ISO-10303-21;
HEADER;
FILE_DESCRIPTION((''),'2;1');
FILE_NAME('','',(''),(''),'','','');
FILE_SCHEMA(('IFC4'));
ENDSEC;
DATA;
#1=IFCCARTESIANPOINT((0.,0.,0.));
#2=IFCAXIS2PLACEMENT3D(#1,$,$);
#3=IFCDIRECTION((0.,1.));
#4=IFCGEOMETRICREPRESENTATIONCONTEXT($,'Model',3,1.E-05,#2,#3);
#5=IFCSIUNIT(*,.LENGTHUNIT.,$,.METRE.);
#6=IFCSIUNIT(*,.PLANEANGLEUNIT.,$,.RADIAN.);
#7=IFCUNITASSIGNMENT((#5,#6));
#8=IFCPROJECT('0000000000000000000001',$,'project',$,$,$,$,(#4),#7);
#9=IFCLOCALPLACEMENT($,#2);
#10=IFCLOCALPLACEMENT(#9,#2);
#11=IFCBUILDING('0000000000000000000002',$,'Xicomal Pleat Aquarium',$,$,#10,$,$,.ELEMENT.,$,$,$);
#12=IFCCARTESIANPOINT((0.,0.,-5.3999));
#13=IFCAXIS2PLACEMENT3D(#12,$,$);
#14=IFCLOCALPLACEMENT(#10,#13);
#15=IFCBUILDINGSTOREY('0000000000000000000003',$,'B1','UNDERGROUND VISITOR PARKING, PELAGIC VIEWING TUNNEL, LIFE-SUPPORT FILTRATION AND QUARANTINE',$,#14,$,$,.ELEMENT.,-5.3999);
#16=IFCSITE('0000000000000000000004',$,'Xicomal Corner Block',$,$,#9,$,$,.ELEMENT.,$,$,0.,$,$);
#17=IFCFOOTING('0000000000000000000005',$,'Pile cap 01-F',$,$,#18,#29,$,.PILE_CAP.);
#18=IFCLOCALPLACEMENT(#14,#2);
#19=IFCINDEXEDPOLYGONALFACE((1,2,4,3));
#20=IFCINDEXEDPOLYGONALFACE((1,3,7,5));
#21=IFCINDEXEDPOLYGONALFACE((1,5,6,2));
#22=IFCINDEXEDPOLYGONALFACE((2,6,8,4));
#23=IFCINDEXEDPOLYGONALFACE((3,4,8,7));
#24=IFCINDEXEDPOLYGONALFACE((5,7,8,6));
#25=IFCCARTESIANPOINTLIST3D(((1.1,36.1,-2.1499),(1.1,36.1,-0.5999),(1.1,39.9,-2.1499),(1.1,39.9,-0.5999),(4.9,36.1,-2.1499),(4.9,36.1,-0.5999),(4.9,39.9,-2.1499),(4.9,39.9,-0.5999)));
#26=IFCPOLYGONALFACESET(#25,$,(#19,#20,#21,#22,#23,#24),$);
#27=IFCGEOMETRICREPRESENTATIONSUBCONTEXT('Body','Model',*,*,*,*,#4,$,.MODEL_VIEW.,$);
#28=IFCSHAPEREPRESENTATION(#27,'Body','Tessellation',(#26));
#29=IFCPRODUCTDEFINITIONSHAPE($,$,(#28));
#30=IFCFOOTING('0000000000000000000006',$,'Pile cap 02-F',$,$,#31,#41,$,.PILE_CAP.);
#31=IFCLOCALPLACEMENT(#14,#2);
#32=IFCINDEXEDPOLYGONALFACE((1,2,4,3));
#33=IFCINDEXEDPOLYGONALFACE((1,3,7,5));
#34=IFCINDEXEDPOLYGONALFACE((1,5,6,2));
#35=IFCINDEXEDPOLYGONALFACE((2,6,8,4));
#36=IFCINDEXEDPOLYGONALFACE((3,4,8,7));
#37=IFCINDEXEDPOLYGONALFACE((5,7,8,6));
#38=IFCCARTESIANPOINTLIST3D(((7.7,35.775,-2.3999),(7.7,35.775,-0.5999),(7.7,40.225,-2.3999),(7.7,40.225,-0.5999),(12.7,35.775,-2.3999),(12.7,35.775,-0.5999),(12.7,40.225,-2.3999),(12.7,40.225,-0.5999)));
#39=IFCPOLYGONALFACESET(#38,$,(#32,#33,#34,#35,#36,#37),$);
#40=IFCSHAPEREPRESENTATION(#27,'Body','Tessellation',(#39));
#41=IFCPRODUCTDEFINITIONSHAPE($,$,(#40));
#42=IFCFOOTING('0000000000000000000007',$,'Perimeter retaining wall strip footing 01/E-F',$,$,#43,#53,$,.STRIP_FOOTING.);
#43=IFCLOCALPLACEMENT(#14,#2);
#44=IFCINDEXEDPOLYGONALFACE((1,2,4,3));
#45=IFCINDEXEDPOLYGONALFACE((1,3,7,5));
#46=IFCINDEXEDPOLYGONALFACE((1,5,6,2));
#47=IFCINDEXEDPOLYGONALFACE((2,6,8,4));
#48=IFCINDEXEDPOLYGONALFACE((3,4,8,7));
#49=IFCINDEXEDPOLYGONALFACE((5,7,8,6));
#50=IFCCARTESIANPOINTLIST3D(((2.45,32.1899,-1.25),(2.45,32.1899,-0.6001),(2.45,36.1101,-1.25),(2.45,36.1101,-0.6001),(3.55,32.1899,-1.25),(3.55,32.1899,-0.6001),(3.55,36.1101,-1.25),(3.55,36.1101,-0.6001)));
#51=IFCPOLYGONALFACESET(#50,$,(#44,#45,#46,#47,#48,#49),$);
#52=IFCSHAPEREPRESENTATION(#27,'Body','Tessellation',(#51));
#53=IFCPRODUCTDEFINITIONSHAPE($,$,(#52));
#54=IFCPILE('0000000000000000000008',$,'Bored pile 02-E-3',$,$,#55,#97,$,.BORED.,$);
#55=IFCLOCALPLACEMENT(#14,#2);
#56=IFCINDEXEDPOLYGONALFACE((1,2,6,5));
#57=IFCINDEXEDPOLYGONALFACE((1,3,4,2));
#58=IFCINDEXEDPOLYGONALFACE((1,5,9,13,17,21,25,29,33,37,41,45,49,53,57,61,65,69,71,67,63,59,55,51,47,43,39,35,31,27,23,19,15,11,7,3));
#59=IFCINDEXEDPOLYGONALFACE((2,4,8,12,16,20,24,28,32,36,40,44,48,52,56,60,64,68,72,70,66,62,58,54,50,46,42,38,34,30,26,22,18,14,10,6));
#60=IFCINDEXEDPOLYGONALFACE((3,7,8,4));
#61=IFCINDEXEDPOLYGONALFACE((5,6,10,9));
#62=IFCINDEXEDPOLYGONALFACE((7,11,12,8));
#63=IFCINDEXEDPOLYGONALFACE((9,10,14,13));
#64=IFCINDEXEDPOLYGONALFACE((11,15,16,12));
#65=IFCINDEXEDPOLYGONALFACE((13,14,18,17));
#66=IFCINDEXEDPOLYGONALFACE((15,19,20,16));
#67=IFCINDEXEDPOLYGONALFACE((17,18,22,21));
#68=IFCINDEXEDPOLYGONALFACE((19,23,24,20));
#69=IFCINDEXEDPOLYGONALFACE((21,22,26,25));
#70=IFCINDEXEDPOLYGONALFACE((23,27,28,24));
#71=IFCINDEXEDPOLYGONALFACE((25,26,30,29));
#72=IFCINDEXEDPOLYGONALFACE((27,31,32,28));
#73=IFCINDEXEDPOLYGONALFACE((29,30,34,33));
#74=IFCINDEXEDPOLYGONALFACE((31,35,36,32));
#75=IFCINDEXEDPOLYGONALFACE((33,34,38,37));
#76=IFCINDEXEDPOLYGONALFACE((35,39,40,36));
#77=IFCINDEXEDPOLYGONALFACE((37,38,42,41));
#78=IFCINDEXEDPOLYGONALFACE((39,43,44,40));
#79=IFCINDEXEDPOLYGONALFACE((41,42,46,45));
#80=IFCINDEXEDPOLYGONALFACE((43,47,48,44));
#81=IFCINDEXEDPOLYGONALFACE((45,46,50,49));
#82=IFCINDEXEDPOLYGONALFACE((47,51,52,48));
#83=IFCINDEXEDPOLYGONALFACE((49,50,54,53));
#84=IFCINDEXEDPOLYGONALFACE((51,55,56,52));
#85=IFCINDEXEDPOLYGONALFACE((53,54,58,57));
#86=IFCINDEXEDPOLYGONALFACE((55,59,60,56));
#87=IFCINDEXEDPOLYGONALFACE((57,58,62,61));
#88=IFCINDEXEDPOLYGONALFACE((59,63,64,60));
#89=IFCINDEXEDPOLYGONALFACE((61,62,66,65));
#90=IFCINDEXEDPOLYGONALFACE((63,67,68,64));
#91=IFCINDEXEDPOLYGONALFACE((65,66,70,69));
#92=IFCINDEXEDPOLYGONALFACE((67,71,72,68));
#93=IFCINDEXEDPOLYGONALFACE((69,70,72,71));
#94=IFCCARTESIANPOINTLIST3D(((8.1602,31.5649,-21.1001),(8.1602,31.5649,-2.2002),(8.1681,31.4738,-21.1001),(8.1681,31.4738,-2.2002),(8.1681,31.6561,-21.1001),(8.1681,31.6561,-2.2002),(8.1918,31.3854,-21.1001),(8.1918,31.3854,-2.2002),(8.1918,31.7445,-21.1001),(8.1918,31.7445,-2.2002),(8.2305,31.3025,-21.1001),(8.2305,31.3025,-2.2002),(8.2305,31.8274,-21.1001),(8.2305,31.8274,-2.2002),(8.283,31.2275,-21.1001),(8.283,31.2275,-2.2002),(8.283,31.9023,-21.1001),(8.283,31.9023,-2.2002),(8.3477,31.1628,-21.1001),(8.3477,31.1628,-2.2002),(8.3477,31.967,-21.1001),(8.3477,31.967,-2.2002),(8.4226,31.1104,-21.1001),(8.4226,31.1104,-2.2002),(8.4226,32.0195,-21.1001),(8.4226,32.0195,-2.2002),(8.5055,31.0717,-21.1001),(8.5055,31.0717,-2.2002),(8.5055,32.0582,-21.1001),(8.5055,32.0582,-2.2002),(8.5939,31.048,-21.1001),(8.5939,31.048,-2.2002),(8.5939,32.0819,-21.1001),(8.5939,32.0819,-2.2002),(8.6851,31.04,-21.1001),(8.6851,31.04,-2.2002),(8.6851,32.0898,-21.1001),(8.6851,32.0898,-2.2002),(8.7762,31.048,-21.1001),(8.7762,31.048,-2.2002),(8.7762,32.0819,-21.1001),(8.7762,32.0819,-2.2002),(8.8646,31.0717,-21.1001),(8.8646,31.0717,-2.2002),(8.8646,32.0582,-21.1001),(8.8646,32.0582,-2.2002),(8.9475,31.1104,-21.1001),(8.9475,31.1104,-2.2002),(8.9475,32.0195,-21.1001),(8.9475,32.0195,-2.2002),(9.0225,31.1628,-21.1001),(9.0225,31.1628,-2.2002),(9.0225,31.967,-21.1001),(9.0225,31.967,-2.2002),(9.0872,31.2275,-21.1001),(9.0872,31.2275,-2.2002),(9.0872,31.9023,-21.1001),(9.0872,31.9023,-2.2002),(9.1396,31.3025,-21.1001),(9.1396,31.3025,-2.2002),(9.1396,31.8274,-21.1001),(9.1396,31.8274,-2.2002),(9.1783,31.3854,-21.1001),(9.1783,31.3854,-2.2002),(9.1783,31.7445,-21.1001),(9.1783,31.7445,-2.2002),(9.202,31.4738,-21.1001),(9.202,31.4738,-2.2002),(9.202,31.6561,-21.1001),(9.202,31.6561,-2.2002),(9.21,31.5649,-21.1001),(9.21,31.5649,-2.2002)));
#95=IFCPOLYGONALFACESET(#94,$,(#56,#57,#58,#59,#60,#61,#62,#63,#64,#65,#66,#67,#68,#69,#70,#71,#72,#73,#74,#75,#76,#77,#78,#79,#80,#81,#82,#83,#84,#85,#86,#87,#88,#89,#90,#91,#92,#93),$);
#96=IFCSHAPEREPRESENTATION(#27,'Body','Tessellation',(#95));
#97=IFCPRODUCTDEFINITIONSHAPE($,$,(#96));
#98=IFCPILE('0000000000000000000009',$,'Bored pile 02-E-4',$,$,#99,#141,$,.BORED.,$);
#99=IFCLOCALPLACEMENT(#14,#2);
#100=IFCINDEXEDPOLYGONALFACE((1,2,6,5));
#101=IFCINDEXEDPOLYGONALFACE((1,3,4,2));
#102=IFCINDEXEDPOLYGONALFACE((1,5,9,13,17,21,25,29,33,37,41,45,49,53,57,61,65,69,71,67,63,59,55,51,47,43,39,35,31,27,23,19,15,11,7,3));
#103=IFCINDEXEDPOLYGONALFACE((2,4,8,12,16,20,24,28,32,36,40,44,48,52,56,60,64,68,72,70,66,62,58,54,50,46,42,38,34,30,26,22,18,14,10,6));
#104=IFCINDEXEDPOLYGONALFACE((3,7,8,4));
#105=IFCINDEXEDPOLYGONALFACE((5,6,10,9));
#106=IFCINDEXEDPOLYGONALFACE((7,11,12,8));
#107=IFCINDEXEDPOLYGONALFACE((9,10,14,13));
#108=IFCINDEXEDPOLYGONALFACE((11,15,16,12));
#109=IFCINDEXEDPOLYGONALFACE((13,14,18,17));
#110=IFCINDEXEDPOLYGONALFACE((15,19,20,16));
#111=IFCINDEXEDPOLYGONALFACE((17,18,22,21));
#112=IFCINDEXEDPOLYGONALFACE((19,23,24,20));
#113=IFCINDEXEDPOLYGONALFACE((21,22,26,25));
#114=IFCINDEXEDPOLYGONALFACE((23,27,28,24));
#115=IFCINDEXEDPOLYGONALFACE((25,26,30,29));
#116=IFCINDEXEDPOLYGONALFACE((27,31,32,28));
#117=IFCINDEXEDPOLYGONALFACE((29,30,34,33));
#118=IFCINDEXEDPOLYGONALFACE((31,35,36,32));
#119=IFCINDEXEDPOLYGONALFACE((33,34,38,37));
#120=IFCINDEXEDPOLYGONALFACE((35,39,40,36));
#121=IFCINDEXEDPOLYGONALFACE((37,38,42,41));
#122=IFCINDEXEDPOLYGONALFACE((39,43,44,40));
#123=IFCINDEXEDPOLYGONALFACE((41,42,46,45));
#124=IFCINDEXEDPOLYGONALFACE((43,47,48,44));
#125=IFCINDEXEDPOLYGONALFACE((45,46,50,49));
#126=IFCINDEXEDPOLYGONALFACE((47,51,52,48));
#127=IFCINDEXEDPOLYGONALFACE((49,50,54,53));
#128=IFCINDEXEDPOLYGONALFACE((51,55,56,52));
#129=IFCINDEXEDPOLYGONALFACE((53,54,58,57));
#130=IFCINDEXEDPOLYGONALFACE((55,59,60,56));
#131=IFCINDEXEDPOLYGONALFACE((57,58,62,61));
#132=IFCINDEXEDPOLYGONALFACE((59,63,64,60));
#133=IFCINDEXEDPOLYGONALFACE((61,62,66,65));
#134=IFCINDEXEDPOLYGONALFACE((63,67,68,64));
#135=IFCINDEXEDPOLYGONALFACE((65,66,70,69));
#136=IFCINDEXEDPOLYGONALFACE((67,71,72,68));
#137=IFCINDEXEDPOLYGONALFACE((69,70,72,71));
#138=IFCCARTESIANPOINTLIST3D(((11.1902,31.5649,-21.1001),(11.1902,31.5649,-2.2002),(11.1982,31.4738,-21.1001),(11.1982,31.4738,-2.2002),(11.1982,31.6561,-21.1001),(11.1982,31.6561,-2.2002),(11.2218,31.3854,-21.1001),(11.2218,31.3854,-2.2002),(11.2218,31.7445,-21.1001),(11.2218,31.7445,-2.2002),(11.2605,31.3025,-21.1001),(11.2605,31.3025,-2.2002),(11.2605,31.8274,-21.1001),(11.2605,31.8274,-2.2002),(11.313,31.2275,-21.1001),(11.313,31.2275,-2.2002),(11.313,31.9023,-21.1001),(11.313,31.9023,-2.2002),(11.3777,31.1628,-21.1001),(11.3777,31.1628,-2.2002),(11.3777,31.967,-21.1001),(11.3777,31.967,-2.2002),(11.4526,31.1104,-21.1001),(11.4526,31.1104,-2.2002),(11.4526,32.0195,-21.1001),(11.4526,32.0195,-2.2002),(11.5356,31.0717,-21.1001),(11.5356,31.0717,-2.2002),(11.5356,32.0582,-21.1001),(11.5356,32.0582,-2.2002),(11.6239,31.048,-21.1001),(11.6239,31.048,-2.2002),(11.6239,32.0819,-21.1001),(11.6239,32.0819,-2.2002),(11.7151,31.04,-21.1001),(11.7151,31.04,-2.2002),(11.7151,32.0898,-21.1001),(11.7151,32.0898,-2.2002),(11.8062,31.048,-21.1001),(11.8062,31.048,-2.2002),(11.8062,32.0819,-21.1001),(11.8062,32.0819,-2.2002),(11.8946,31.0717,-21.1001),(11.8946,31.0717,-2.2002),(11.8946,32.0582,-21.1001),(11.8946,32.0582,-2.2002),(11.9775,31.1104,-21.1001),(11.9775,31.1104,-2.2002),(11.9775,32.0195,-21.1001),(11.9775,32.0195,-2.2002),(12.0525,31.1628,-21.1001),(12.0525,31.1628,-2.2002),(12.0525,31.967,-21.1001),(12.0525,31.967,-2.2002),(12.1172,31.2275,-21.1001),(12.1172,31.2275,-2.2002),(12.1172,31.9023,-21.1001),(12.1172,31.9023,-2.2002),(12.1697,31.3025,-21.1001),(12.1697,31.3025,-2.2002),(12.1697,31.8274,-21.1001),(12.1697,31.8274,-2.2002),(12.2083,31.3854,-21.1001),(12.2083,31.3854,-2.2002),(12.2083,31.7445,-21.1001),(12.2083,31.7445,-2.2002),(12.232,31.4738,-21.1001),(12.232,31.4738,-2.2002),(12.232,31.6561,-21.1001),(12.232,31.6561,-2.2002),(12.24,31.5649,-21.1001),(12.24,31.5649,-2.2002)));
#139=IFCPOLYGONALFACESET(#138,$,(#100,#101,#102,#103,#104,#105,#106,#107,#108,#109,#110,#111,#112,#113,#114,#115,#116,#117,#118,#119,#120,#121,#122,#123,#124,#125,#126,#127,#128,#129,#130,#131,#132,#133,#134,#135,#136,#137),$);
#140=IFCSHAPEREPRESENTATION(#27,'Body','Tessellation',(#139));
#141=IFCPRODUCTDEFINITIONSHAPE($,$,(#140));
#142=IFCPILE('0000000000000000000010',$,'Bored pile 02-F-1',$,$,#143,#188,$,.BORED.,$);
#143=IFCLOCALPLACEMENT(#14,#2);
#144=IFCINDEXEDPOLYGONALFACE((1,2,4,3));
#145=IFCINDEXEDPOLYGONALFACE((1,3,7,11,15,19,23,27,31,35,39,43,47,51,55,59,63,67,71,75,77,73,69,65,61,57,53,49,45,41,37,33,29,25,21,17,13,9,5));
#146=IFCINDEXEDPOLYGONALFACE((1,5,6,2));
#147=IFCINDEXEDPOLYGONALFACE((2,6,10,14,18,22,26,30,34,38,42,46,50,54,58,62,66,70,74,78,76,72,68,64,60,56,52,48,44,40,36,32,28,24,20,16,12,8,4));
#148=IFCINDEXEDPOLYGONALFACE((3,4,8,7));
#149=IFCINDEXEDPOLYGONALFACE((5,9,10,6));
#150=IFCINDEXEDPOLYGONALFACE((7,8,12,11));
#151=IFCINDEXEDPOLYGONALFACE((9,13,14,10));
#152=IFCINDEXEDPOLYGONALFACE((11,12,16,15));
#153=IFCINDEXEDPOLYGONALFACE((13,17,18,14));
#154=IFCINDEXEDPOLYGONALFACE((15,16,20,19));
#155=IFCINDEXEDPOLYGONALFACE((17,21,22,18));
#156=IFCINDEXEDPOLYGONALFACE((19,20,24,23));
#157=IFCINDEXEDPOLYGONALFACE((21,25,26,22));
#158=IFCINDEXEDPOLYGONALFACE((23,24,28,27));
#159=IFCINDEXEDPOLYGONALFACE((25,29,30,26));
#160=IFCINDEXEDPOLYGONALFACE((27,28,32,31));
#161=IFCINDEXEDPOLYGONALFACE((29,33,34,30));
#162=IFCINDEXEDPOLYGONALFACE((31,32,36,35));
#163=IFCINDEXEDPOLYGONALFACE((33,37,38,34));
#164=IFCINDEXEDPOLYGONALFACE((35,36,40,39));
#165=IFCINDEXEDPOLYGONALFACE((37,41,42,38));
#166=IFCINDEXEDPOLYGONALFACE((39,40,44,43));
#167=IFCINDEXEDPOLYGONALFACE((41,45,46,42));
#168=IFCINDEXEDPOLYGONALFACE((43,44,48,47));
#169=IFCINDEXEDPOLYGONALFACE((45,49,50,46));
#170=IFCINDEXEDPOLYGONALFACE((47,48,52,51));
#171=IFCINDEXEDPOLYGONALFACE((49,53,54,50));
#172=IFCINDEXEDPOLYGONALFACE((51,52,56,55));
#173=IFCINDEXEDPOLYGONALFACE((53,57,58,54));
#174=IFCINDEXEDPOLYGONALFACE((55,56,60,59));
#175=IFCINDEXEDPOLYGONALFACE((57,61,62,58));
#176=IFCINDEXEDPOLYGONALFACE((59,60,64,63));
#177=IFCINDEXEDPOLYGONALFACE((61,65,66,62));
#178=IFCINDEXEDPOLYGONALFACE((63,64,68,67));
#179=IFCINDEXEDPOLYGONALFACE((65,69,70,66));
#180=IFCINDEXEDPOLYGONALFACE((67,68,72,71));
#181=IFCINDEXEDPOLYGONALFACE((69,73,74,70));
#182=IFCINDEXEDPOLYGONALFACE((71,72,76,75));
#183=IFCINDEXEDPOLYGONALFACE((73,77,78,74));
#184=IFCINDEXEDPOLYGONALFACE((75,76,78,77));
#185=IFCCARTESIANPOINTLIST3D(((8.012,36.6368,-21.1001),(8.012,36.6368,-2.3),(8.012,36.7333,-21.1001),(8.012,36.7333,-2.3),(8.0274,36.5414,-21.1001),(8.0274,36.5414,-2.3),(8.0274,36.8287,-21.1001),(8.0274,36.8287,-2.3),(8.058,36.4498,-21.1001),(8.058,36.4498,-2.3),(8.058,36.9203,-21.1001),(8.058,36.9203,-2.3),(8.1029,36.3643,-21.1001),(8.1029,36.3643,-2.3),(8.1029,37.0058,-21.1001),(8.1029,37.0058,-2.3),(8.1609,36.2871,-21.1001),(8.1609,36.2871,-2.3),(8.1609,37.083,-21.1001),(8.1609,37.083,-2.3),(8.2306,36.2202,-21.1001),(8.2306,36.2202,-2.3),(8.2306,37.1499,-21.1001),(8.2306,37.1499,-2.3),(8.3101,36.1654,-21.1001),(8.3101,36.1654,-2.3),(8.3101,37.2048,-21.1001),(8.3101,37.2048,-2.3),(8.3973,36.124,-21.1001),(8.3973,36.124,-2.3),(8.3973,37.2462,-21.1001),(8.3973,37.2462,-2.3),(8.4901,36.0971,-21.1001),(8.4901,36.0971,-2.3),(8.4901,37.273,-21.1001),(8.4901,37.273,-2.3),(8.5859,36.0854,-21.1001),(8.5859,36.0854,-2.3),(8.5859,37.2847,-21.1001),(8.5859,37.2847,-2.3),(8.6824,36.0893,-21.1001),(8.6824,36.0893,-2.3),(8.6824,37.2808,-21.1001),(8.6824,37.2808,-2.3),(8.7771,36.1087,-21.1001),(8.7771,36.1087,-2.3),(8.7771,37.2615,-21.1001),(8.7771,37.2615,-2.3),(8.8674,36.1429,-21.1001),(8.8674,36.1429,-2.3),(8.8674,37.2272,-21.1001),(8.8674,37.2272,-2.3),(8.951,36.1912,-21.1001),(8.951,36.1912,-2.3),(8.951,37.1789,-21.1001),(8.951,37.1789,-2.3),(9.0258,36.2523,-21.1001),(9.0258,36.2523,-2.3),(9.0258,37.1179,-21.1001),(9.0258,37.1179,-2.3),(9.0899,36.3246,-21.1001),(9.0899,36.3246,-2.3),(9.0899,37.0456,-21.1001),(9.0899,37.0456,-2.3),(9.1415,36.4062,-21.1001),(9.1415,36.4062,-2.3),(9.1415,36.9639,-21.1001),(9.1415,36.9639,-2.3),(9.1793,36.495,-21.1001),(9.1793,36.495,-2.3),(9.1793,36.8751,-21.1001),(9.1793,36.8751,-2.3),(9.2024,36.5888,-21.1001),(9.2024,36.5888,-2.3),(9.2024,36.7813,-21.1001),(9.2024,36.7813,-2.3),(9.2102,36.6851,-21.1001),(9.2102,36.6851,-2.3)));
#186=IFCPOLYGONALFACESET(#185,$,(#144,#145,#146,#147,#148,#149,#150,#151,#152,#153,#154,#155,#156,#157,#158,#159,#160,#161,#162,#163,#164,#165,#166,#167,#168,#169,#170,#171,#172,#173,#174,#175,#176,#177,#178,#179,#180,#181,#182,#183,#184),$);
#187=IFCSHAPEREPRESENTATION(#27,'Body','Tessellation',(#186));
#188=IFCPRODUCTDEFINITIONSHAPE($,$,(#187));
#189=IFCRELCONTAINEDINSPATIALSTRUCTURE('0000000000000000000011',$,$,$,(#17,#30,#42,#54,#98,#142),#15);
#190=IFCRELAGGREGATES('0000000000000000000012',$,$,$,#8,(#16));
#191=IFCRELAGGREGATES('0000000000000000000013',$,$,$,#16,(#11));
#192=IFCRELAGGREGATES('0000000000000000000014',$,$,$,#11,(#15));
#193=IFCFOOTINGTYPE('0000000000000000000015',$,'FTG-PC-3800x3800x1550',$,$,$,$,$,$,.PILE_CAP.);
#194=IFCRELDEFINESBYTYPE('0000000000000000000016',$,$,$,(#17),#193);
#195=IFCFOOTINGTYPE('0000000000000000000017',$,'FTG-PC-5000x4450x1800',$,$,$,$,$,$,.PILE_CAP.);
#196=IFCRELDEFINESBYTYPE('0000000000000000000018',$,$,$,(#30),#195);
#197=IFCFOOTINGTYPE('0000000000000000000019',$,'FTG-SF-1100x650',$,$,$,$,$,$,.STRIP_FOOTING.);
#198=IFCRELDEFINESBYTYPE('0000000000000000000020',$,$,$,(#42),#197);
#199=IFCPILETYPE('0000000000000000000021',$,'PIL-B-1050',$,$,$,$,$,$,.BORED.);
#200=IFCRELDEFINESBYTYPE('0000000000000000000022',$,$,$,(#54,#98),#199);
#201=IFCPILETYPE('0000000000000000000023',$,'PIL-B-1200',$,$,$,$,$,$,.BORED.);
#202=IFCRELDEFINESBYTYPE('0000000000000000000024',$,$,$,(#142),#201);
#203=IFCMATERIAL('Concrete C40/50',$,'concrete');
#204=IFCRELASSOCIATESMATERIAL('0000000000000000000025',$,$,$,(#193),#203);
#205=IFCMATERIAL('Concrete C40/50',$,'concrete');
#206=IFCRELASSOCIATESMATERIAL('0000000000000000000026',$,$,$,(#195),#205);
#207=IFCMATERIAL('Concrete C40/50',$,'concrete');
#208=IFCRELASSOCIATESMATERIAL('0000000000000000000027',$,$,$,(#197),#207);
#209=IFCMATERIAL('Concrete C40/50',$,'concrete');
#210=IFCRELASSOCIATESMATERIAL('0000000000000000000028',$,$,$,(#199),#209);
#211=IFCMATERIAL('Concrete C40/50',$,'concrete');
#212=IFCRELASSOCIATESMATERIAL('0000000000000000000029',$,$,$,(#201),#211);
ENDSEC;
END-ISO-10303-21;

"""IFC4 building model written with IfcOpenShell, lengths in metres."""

from ifc_helpers import new_model, si_unit, direction, frame, origin, origin_2d, place, context, subcontext, project, spatial, rectangle, circle, extrude, material, material_profile, profile_set, type_object, element, save


model = new_model("IFC4")

# Units and contexts
model_context = context("Model", 3, precision=1e-05, world=origin(), true_north=direction((0.0, 1.0)))
body_context = subcontext(model_context, "Body", "Model", "MODEL_VIEW")
ifc_project = project(units=[si_unit("LENGTHUNIT", "METRE"), si_unit("PLANEANGLEUNIT", "RADIAN")], contexts=[model_context])

# Site, building, storey
site_placement = place(None, origin())
site = spatial("IfcSite", under=ifc_project, at=site_placement, Name="Xicomal Corner Block", CompositionType="ELEMENT", RefElevation=0.0)
building_placement = place(site_placement, origin())
building = spatial("IfcBuilding", under=site, at=building_placement, Name="Xicomal Pleat Aquarium", CompositionType="ELEMENT")
storey_placement = place(building_placement, frame((0.0, 0.0, -5.3999)))
storey = spatial("IfcBuildingStorey", under=building, at=storey_placement, Name="B1", Description="UNDERGROUND VISITOR PARKING, PELAGIC VIEWING TUNNEL, LIFE-SUPPORT FILTRATION AND QUARANTINE", CompositionType="ELEMENT", Elevation=-5.3999)

# Footings
ifc_material_1 = material(Name="Concrete C40/50", Category="concrete")
footing_type_1 = type_object("IfcFootingType", Name="FTG-PC-3800x3800x1550", PredefinedType="PILE_CAP", material=ifc_material_1)
footing_1_placement = place(storey_placement, frame((3.0, 38.0, -2.1499), z_axis=(0.0, 0.0, 1.0), x_axis=(1.0, 0.0, 0.0)))
element("IfcFooting", 1, at=footing_1_placement, inside=storey, type_object=footing_type_1, Name="Pile cap 01-F", PredefinedType="PILE_CAP", context=body_context, shape_type="SweptSolid", body=[
    extrude(rectangle(XDim=3.8, YDim=3.8, at=origin_2d()), origin(), (0.0, 0.0, 1.0), 1.55),
])
ifc_material_2 = material(Name="Concrete C40/50", Category="concrete")
footing_type_2 = type_object("IfcFootingType", Name="FTG-PC-5000x4450x1800", PredefinedType="PILE_CAP", material=ifc_material_2)
footing_2_placement = place(storey_placement, frame((10.2, 38.0, -2.3999), z_axis=(0.0, 0.0, 1.0), x_axis=(1.0, 0.0, 0.0)))
element("IfcFooting", 2, at=footing_2_placement, inside=storey, type_object=footing_type_2, Name="Pile cap 02-F", PredefinedType="PILE_CAP", context=body_context, shape_type="SweptSolid", body=[
    extrude(rectangle(XDim=5.0, YDim=4.45, at=origin_2d()), origin(), (0.0, 0.0, 1.0), 1.8),
])
ifc_material_3 = material(Name="Concrete C40/50", Category="concrete")
ifc_material_profile_1 = material_profile(ifc_material_3, rectangle(XDim=1.1001, YDim=0.6499, at=origin_2d()), Name="SF-02 1100x650")
ifc_profile_set_1 = profile_set([ifc_material_profile_1], Name="Concrete C40/50")
footing_type_3 = type_object("IfcFootingType", Name="FTG-SF-1100x650", PredefinedType="STRIP_FOOTING", material=ifc_profile_set_1)
footing_3_placement = place(storey_placement, frame((3.0, 32.1899, -0.925), z_axis=(0.0, 1.0, 0.0), x_axis=(-1.0, 0.0, 0.0)))
element("IfcFooting", 3, at=footing_3_placement, inside=storey, type_object=footing_type_3, Name="Perimeter retaining wall strip footing 01/E-F", PredefinedType="STRIP_FOOTING", context=body_context, shape_type="SweptSolid", body=[
    extrude(rectangle(XDim=1.1001, YDim=0.6499, at=origin_2d()), origin(), (0.0, 0.0, 1.0), 3.9202),
])

# Piles
ifc_material_4 = material(Name="Concrete C40/50", Category="concrete")
ifc_material_profile_2 = material_profile(ifc_material_4, circle(Radius=0.5249, at=origin_2d()), Name="BORED PILE D1050")
ifc_profile_set_2 = profile_set([ifc_material_profile_2], Name="Concrete C40/50")
pile_type_1 = type_object("IfcPileType", Name="PIL-B-1050", PredefinedType="BORED", material=ifc_profile_set_2)
for number, where, z_axis, x_axis, name in (
    (4, (8.6851, 31.5649, -2.2002), (0.0, 0.0, -1.0), (1.0, 0.0, 0.0), "Bored pile 02-E-3"),
    (5, (11.7151, 31.5649, -2.2002), (0.0, 0.0, -1.0), (1.0, 0.0, 0.0), "Bored pile 02-E-4"),
):
    element("IfcPile", number, at=place(storey_placement, frame(where, z_axis=z_axis, x_axis=x_axis)), inside=storey, type_object=pile_type_1, Name=name, PredefinedType="BORED", context=body_context, shape_type="SweptSolid", body=[
        extrude(circle(Radius=0.5249, at=origin_2d()), origin(), (0.0, 0.0, 1.0), 18.8999),
    ])
ifc_material_5 = material(Name="Concrete C40/50", Category="concrete")
ifc_material_profile_3 = material_profile(ifc_material_5, circle(Radius=0.6001, at=origin_2d()), Name="BORED PILE D1200")
ifc_profile_set_3 = profile_set([ifc_material_profile_3], Name="Concrete C40/50")
pile_type_2 = type_object("IfcPileType", Name="PIL-B-1200", PredefinedType="BORED", material=ifc_profile_set_3)
for number, where, z_axis, x_axis, name in (
    (6, (8.6101, 36.6851, -2.3), (0.0, 0.0, -1.0), (1.0, 0.0, 0.0), "Bored pile 02-F-1"),
):
    element("IfcPile", number, at=place(storey_placement, frame(where, z_axis=z_axis, x_axis=x_axis)), inside=storey, type_object=pile_type_2, Name=name, PredefinedType="BORED", context=body_context, shape_type="SweptSolid", body=[
        extrude(circle(Radius=0.6001, at=origin_2d()), origin(), (0.0, 0.0, 1.0), 18.8),
    ])

save(model, "model.ifc")
